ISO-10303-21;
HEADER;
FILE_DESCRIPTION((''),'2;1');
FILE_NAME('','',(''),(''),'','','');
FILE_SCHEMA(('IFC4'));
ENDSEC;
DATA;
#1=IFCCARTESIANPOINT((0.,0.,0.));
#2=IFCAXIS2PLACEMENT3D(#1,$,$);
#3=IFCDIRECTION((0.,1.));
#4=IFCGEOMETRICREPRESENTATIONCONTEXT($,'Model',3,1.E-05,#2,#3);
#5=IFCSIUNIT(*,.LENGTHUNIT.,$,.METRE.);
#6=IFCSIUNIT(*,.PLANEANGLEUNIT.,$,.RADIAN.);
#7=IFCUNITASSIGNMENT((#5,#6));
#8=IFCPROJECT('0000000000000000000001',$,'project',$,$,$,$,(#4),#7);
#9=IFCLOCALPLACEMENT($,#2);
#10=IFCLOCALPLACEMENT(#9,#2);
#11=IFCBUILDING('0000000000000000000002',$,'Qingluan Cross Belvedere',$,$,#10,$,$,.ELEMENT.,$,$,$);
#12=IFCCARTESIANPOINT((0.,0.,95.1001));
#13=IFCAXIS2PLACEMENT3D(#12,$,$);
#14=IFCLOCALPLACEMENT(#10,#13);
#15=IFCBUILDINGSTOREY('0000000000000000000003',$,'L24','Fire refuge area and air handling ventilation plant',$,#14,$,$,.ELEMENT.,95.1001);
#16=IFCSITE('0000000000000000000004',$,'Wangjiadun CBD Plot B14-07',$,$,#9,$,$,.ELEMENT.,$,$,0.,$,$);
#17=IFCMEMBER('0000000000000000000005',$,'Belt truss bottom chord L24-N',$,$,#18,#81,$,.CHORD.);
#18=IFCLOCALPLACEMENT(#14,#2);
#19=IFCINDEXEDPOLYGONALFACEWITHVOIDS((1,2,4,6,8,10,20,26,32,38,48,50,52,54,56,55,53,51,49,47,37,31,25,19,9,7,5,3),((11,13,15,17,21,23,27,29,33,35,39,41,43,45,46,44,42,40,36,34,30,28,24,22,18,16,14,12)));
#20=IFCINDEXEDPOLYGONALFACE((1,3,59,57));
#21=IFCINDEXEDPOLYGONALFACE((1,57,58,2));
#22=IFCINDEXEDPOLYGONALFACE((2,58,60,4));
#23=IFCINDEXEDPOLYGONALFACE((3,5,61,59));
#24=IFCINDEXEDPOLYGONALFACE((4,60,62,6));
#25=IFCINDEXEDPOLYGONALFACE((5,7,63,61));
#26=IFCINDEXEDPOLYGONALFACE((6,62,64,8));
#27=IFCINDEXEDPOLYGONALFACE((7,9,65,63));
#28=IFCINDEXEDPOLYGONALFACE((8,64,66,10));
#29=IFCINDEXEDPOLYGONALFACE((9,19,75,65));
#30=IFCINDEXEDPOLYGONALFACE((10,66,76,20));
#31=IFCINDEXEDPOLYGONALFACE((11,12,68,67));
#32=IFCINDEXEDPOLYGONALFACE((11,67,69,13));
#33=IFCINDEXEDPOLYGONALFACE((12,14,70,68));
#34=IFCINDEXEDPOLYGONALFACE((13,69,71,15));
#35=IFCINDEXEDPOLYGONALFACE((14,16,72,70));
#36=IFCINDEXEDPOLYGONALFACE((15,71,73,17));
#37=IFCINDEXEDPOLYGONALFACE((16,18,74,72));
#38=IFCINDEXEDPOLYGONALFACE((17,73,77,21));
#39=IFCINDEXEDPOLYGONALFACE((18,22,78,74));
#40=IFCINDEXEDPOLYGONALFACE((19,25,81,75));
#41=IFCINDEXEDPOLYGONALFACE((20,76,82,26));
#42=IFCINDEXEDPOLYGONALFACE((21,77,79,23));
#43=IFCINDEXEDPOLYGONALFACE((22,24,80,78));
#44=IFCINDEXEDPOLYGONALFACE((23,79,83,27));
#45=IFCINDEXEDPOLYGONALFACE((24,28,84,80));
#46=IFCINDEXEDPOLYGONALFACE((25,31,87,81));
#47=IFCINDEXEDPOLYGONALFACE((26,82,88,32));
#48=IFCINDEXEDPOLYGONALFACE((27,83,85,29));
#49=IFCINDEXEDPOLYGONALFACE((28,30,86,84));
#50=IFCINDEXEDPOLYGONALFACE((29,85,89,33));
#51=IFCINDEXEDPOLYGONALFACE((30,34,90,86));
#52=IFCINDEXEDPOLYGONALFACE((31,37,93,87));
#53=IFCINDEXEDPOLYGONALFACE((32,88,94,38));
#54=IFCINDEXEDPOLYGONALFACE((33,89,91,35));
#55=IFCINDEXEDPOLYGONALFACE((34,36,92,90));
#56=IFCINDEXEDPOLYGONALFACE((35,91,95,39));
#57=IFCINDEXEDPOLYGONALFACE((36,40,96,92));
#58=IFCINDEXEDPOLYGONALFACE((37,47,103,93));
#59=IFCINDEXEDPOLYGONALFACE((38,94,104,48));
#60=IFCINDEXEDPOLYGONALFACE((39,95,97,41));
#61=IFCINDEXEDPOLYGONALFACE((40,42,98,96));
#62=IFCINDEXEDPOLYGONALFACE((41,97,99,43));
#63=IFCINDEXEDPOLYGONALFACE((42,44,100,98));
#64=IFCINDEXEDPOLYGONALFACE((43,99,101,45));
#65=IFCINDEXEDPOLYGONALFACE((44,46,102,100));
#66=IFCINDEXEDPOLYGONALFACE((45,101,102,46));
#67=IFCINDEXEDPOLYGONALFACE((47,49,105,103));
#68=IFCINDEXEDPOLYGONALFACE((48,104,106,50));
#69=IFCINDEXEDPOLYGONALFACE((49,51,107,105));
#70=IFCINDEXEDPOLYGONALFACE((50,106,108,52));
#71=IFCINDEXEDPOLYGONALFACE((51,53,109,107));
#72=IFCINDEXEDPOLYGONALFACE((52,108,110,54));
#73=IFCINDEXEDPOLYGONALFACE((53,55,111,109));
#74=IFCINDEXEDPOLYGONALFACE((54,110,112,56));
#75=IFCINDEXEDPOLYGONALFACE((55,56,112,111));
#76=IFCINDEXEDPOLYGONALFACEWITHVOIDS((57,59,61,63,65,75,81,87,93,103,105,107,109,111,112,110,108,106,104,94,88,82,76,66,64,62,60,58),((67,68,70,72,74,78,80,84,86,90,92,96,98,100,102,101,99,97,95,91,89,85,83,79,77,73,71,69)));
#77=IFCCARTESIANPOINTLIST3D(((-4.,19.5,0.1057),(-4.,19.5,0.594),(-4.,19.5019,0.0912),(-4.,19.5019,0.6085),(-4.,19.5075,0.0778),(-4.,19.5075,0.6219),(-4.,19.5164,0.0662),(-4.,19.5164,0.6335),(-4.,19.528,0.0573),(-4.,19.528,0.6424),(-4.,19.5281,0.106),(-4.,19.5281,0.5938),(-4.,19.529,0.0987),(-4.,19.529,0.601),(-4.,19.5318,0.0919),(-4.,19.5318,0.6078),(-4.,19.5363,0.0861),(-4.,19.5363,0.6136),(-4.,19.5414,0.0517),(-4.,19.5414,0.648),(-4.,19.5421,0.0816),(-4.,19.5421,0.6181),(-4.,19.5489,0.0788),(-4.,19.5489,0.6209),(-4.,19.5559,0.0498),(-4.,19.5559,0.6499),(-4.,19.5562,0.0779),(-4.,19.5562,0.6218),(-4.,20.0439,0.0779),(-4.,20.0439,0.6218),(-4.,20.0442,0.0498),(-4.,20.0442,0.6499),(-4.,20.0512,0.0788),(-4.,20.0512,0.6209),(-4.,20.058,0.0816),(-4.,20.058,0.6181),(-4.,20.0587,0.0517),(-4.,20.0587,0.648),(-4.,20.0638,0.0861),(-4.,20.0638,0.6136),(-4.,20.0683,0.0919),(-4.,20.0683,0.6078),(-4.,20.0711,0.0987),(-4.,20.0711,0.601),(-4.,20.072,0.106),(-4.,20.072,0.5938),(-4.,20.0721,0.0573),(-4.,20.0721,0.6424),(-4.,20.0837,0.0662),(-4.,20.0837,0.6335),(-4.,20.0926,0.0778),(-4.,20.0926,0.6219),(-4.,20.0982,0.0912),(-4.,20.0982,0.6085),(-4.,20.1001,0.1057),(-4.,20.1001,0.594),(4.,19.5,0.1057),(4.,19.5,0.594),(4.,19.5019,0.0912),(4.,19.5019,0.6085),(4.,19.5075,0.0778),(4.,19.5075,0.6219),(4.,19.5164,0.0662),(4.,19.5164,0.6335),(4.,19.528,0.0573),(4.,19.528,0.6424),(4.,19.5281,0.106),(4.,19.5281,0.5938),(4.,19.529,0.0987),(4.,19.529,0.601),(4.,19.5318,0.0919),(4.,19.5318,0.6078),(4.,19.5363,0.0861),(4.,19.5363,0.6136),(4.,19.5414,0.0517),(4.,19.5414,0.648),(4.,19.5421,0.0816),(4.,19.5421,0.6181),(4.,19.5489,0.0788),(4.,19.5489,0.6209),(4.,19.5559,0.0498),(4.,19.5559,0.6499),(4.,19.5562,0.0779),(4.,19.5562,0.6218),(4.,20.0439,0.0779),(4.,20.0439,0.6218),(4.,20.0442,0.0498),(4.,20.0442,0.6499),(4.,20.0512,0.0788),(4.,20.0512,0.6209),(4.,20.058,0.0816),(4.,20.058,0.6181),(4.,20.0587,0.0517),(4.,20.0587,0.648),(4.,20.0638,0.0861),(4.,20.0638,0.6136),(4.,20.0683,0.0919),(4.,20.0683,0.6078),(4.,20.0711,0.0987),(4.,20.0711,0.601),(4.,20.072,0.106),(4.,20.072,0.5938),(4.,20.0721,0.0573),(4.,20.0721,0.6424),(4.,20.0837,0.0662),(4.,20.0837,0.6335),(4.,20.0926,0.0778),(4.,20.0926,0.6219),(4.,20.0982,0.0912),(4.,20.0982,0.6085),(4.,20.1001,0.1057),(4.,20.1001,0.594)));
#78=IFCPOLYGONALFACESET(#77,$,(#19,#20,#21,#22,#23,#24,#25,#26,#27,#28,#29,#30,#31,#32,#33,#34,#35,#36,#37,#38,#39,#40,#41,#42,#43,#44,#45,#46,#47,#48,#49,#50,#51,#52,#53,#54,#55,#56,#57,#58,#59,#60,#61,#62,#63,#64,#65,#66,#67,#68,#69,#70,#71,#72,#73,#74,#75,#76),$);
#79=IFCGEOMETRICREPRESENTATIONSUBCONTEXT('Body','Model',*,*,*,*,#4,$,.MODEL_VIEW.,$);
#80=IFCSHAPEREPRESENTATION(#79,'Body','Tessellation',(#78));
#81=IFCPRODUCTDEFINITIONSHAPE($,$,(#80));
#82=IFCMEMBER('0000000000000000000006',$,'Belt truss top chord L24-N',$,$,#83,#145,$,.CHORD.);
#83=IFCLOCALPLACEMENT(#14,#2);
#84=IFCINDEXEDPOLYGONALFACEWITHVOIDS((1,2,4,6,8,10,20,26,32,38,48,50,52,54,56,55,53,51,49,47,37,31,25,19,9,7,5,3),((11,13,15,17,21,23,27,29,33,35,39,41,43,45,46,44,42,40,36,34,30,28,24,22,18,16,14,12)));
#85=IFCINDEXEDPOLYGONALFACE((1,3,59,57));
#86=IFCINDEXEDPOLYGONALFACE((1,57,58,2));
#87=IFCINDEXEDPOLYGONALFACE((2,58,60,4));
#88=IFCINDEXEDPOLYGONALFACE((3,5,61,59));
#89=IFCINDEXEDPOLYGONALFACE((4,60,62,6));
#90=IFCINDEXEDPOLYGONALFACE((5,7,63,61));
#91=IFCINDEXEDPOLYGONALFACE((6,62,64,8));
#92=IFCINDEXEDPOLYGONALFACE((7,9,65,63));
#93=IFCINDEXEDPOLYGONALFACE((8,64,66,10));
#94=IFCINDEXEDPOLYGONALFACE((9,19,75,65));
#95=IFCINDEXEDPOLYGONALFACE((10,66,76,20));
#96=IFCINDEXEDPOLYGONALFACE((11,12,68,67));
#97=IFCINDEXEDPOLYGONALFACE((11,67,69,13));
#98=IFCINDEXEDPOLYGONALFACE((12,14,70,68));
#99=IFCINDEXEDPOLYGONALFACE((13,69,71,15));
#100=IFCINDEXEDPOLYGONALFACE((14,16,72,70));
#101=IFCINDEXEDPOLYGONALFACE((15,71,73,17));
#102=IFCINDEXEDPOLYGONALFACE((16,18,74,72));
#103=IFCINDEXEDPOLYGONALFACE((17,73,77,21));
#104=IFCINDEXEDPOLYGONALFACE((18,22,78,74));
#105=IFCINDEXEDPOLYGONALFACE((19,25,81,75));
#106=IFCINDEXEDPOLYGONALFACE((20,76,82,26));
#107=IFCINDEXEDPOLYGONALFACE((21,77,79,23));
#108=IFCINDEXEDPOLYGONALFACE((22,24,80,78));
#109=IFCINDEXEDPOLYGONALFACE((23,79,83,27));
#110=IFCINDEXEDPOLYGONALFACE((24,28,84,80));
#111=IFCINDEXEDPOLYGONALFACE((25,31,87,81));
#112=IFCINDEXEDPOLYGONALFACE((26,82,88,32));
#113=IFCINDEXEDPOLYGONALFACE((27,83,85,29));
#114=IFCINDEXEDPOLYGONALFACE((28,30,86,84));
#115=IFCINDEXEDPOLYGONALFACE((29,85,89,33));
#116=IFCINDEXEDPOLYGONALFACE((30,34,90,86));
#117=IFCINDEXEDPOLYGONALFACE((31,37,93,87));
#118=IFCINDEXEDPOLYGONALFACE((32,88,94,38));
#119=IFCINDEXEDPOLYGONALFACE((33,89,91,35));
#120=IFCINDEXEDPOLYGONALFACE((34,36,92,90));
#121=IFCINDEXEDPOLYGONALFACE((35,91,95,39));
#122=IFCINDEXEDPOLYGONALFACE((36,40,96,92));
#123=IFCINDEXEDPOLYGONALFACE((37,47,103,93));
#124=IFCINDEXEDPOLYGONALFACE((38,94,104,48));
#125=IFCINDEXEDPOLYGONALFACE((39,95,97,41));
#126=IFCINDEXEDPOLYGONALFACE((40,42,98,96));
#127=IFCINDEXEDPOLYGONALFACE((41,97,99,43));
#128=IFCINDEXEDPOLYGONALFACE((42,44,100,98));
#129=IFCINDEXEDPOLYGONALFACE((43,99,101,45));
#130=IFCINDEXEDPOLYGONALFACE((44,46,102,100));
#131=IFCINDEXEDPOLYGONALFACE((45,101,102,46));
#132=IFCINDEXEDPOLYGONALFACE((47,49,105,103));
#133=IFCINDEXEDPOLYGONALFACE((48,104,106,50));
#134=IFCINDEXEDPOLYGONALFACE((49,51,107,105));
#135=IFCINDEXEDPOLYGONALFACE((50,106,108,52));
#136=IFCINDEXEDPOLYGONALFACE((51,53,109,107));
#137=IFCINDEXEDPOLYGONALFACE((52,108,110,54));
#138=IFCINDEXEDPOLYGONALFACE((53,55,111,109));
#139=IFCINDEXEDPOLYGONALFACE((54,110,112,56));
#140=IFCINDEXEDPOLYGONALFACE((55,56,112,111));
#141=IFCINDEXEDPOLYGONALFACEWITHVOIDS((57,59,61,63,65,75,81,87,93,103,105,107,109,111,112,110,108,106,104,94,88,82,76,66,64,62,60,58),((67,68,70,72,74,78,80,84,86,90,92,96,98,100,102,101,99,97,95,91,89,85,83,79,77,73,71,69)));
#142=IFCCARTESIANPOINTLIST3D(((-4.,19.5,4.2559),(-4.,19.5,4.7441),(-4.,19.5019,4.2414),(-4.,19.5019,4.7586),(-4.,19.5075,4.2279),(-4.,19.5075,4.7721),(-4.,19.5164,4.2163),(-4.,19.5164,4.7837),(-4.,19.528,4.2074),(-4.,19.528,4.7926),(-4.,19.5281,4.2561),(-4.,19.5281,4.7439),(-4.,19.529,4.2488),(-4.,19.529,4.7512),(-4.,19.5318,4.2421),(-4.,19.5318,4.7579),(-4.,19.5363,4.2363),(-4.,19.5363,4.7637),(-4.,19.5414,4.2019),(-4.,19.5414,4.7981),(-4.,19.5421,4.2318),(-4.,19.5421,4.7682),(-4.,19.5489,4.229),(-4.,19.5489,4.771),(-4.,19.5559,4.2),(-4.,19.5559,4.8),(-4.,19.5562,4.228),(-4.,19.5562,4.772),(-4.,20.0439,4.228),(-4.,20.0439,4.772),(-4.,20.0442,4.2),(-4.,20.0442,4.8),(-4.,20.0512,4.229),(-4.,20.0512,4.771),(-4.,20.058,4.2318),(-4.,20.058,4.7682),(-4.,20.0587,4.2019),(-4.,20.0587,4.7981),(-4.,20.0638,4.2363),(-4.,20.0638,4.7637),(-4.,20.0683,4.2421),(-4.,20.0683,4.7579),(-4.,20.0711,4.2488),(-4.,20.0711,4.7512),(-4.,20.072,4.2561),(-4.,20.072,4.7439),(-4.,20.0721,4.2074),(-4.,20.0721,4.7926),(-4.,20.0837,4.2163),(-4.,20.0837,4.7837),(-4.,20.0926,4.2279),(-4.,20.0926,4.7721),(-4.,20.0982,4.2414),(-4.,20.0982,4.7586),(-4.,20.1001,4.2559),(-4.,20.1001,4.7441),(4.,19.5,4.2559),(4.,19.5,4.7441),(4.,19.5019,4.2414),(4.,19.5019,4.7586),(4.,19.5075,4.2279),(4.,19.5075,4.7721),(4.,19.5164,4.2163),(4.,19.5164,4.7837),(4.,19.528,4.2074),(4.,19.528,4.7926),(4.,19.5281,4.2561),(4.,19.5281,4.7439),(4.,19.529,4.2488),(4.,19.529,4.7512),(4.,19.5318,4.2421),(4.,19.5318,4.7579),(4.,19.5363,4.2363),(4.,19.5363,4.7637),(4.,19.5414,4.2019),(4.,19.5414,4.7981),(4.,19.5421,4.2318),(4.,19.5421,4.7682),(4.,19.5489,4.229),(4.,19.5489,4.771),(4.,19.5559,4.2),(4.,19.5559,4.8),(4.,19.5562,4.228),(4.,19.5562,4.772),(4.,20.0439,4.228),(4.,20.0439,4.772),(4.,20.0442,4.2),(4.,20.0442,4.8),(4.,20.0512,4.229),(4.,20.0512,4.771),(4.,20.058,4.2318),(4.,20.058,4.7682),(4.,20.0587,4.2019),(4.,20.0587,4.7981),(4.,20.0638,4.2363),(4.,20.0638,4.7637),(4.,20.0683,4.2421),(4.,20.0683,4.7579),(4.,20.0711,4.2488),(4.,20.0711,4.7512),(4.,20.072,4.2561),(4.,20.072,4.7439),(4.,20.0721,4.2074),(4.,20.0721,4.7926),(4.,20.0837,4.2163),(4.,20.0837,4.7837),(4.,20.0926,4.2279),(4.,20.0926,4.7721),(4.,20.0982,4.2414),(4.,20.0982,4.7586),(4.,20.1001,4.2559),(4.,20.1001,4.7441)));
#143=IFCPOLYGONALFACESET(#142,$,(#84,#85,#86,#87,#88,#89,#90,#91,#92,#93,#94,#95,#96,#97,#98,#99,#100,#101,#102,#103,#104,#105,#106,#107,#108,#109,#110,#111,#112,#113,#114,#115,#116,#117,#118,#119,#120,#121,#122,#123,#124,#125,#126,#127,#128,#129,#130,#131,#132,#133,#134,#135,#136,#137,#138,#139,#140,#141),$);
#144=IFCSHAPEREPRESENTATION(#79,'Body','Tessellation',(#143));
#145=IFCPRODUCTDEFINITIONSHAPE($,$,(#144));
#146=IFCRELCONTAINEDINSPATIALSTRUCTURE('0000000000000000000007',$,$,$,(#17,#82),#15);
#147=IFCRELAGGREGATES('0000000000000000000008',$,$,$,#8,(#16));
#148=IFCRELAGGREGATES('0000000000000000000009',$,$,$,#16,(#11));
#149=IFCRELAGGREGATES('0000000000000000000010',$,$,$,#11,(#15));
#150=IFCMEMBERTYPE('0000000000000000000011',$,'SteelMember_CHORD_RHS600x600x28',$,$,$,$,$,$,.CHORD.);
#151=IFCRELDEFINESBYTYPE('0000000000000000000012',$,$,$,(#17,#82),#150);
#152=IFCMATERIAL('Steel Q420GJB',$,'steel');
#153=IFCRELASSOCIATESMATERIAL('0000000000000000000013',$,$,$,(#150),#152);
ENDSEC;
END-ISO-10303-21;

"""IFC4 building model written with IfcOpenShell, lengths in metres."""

from ifc_helpers import new_model, si_unit, direction, frame, origin, origin_2d, place, context, subcontext, project, spatial, hollow_rectangle, extrude, material, material_profile, profile_set, type_object, element, save


model = new_model("IFC4")

# Units and contexts
model_context = context("Model", 3, precision=1e-05, world=origin(), true_north=direction((0.0, 1.0)))
body_context = subcontext(model_context, "Body", "Model", "MODEL_VIEW")
ifc_project = project(units=[si_unit("LENGTHUNIT", "METRE"), si_unit("PLANEANGLEUNIT", "RADIAN")], contexts=[model_context])

# Site, building, storey
site_placement = place(None, origin())
site = spatial("IfcSite", under=ifc_project, at=site_placement, Name="Wangjiadun CBD Plot B14-07", CompositionType="ELEMENT", RefElevation=0.0)
building_placement = place(site_placement, origin())
building = spatial("IfcBuilding", under=site, at=building_placement, Name="Qingluan Cross Belvedere", CompositionType="ELEMENT")
storey_placement = place(building_placement, frame((0.0, 0.0, 95.1001)))
storey = spatial("IfcBuildingStorey", under=building, at=storey_placement, Name="L24", Description="Fire refuge area and air handling ventilation plant", CompositionType="ELEMENT", Elevation=95.1001)

# Members
ifc_material_1 = material(Name="Steel Q420GJB", Category="steel")
ifc_material_profile_1 = material_profile(ifc_material_1, hollow_rectangle(XDim=0.6001, YDim=0.6001, WallThickness=0.0281, InnerFilletRadius=0.0281, OuterFilletRadius=0.0559, at=origin_2d()), Name="RHS600x600x28")
ifc_profile_set_1 = profile_set([ifc_material_profile_1], Name="Steel Q420GJB")
member_type_1 = type_object("IfcMemberType", Name="SteelMember_CHORD_RHS600x600x28", PredefinedType="CHORD", material=ifc_profile_set_1)
for number, where, z_axis, x_axis, name in (
    (1, (-4.0, 19.8, 0.3499), (1.0, 0.0, 0.0), (0.0, 1.0, 0.0), "Belt truss bottom chord L24-N"),
    (2, (-4.0, 19.8, 4.5), (1.0, 0.0, 0.0), (0.0, 1.0, 0.0), "Belt truss top chord L24-N"),
):
    element("IfcMember", number, at=place(storey_placement, frame(where, z_axis=z_axis, x_axis=x_axis)), inside=storey, type_object=member_type_1, Name=name, PredefinedType="CHORD", context=body_context, shape_type="SweptSolid", body=[
        extrude(hollow_rectangle(XDim=0.6001, YDim=0.6001, WallThickness=0.0281, InnerFilletRadius=0.0281, OuterFilletRadius=0.0559, at=origin_2d()), origin(), (0.0, 0.0, 1.0), 8.0),
    ])

save(model, "model.ifc")
